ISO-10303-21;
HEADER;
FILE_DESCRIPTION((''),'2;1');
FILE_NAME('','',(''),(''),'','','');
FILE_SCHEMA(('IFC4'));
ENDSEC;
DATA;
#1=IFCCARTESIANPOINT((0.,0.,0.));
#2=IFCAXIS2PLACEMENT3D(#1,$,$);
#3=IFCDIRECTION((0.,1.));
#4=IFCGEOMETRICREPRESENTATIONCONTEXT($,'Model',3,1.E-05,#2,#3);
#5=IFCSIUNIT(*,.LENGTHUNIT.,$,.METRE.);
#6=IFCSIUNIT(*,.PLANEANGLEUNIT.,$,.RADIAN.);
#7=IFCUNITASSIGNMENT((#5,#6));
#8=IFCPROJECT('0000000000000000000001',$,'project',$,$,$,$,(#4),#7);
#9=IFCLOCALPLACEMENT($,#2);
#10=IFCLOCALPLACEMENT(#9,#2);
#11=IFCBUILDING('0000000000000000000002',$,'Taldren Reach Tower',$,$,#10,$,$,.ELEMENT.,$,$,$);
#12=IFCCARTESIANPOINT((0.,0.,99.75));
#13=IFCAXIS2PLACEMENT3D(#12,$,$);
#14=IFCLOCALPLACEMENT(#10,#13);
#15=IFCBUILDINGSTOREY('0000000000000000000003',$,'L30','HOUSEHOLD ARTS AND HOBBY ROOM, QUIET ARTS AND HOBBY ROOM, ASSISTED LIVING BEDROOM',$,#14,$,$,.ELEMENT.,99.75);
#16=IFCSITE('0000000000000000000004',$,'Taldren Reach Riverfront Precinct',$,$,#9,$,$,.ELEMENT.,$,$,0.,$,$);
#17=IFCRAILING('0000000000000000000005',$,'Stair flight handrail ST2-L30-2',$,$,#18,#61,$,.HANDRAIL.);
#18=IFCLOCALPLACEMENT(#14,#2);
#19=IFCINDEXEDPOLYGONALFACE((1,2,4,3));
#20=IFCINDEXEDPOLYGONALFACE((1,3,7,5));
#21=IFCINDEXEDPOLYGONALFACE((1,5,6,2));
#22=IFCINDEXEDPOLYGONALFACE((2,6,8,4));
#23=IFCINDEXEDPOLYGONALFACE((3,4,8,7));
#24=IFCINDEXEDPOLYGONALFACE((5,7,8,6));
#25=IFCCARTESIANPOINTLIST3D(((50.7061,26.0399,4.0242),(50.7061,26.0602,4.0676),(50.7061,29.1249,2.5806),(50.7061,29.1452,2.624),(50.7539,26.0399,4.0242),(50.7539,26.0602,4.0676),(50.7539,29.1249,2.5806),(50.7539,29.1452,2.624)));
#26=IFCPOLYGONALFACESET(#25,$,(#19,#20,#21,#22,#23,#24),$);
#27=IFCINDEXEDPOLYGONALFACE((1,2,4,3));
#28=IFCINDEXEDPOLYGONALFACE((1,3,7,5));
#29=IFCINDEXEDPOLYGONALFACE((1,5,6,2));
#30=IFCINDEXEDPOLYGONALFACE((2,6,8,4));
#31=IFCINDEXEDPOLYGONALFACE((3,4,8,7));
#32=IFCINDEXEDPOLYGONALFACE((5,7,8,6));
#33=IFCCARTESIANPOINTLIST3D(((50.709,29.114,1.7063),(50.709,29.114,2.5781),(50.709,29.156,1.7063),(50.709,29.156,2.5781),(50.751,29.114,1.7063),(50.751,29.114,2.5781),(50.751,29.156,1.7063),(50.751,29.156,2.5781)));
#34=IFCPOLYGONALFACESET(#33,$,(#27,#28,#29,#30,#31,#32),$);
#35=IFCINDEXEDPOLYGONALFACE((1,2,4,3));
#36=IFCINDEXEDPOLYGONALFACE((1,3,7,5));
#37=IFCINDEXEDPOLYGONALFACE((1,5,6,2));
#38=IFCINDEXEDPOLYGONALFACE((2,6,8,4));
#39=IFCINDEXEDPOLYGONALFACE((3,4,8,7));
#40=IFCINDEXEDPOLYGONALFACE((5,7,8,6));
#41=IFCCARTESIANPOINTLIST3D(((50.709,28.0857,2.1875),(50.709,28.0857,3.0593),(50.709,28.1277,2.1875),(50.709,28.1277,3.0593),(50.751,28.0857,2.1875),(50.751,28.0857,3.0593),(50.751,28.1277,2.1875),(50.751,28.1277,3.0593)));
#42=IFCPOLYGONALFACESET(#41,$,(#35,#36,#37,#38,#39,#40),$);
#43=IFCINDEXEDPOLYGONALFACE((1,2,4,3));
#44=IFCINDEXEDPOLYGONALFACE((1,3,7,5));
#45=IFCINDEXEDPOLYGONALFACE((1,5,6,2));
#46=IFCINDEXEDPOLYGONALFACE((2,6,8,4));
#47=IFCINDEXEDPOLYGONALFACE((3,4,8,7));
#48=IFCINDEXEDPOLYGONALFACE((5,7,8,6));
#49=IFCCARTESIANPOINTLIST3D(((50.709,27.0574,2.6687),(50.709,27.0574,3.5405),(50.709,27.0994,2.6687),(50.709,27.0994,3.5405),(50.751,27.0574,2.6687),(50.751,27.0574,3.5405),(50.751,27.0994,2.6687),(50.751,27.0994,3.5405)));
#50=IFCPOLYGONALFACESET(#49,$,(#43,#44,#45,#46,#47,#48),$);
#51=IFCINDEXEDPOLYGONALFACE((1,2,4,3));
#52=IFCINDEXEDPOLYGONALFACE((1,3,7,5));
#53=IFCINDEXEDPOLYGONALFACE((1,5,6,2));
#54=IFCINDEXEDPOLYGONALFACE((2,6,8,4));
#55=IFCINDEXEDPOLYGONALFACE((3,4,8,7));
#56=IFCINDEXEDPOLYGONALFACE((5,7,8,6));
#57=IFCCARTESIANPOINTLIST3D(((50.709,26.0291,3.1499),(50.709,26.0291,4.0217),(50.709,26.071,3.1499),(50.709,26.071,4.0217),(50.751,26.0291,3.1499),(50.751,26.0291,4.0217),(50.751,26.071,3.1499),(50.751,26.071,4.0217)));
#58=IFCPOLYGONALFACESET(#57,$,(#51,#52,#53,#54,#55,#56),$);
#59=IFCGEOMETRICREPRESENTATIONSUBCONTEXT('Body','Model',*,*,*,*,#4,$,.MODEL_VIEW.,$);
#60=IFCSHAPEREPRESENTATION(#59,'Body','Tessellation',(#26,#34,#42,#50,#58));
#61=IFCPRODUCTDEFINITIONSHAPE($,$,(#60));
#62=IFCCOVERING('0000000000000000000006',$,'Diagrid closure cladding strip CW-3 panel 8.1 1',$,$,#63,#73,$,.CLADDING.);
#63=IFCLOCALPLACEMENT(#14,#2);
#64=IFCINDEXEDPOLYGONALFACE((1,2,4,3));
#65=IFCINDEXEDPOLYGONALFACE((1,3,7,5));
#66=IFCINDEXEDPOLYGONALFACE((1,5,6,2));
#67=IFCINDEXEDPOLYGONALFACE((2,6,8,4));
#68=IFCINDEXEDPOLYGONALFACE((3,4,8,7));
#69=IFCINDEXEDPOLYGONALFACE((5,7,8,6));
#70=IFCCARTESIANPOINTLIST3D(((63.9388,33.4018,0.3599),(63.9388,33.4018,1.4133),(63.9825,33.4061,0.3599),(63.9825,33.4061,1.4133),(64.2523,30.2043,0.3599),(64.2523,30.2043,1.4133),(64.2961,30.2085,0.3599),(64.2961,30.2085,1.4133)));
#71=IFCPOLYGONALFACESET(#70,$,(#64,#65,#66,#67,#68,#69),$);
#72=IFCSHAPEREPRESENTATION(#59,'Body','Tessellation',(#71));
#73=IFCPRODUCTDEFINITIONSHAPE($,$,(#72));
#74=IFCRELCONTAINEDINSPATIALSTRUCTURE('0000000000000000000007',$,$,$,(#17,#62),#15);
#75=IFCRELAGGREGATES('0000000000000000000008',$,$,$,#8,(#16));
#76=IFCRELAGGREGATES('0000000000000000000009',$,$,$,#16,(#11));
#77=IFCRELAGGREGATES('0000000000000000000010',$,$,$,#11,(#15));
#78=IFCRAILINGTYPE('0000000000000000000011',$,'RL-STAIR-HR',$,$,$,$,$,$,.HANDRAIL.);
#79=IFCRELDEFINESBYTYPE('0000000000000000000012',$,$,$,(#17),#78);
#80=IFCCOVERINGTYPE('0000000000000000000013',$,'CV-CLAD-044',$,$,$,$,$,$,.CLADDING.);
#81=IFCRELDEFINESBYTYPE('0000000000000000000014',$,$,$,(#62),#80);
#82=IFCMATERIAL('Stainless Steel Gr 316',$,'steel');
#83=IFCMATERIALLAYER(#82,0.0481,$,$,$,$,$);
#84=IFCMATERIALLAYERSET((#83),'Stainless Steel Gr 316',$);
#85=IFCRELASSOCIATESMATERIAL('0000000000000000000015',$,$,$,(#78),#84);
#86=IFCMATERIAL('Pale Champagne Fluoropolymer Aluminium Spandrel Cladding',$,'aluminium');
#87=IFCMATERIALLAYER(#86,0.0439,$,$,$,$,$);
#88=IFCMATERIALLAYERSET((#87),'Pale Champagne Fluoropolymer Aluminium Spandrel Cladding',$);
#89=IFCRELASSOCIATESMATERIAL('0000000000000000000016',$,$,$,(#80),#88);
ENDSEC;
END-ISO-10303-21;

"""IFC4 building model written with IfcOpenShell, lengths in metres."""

from ifc_helpers import new_model, si_unit, direction, frame, origin, origin_2d, place, context, subcontext, project, spatial, rectangle, extrude, source, transform, mapped, material, layer, layer_set, type_object, element, save


model = new_model("IFC4")

# Units and contexts
model_context = context("Model", 3, precision=1e-05, world=origin(), true_north=direction((0.0, 1.0)))
body_context = subcontext(model_context, "Body", "Model", "MODEL_VIEW")
ifc_project = project(units=[si_unit("LENGTHUNIT", "METRE"), si_unit("PLANEANGLEUNIT", "RADIAN")], contexts=[model_context])

# Site, building, storey
site_placement = place(None, origin())
site = spatial("IfcSite", under=ifc_project, at=site_placement, Name="Taldren Reach Riverfront Precinct", CompositionType="ELEMENT", RefElevation=0.0)
building_placement = place(site_placement, origin())
building = spatial("IfcBuilding", under=site, at=building_placement, Name="Taldren Reach Tower", CompositionType="ELEMENT")
storey_placement = place(building_placement, frame((0.0, 0.0, 99.75)))
storey = spatial("IfcBuildingStorey", under=building, at=storey_placement, Name="L30", Description="HOUSEHOLD ARTS AND HOBBY ROOM, QUIET ARTS AND HOBBY ROOM, ASSISTED LIVING BEDROOM", CompositionType="ELEMENT", Elevation=99.75)

# Railing
ifc_material_1 = material(Name="Stainless Steel Gr 316", Category="steel")
ifc_layer_1 = layer(ifc_material_1, 0.0481)
ifc_layer_set_1 = layer_set([ifc_layer_1], Name="Stainless Steel Gr 316")
railing_type = type_object("IfcRailingType", Name="RL-STAIR-HR", PredefinedType="HANDRAIL", material=ifc_layer_set_1)
railing_placement = place(storey_placement, frame((50.73, 29.135, 1.7063)))
element("IfcRailing", 1, at=railing_placement, inside=storey, type_object=railing_type, Name="Stair flight handrail ST2-L30-2", PredefinedType="HANDRAIL", context=body_context, shape_type="SweptSolid", body=[
    extrude(rectangle(XDim=0.0479, YDim=0.0479, at=origin_2d()), frame((0.0, 0.0, 0.896), z_axis=(0.0, -0.905738, 0.423839), x_axis=(1.0, 0.0, 0.0)), (0.0, 0.0, 1.0), 3.406),
    extrude(rectangle(XDim=0.042, YDim=0.042, at=origin_2d()), origin(), (0.0, 0.0, 1.0), 0.8718),
    extrude(rectangle(XDim=0.042, YDim=0.042, at=origin_2d()), frame((0.0, -1.0283, 0.4812)), (0.0, 0.0, 1.0), 0.8718),
    extrude(rectangle(XDim=0.042, YDim=0.042, at=origin_2d()), frame((0.0, -2.0566, 0.9624)), (0.0, 0.0, 1.0), 0.8718),
    extrude(rectangle(XDim=0.042, YDim=0.042, at=origin_2d()), frame((0.0, -3.085, 1.4436)), (0.0, 0.0, 1.0), 0.8718),
])

# Covering
ifc_material_2 = material(Name="Pale Champagne Fluoropolymer Aluminium Spandrel Cladding", Category="aluminium")
ifc_layer_2 = layer(ifc_material_2, 0.0439)
ifc_layer_set_2 = layer_set([ifc_layer_2], Name="Pale Champagne Fluoropolymer Aluminium Spandrel Cladding")
covering_type = type_object("IfcCoveringType", Name="CV-CLAD-044", PredefinedType="CLADDING", material=ifc_layer_set_2)
shared_shape_1 = source(origin(), body_context, "Body", "SweptSolid", [
    extrude(rectangle(XDim=3.2129, YDim=0.0439, at=origin_2d()), origin(), (0.0, 0.0, 1.0), 1.0535),
])
covering_placement = place(storey_placement, frame((64.1174, 31.8052, 0.3599), z_axis=(0.0, 0.0, 1.0), x_axis=(-0.097583, 0.995227, 0.0)))
element("IfcCovering", 2, at=covering_placement, inside=storey, type_object=covering_type, Name="Diagrid closure cladding strip CW-3 panel 8.1 1", PredefinedType="CLADDING", context=body_context, shape_type="MappedRepresentation", body=[
    mapped(shared_shape_1, transform((0.0, 0.0, 0.0), scale=1.0)),
])

save(model, "model.ifc")
